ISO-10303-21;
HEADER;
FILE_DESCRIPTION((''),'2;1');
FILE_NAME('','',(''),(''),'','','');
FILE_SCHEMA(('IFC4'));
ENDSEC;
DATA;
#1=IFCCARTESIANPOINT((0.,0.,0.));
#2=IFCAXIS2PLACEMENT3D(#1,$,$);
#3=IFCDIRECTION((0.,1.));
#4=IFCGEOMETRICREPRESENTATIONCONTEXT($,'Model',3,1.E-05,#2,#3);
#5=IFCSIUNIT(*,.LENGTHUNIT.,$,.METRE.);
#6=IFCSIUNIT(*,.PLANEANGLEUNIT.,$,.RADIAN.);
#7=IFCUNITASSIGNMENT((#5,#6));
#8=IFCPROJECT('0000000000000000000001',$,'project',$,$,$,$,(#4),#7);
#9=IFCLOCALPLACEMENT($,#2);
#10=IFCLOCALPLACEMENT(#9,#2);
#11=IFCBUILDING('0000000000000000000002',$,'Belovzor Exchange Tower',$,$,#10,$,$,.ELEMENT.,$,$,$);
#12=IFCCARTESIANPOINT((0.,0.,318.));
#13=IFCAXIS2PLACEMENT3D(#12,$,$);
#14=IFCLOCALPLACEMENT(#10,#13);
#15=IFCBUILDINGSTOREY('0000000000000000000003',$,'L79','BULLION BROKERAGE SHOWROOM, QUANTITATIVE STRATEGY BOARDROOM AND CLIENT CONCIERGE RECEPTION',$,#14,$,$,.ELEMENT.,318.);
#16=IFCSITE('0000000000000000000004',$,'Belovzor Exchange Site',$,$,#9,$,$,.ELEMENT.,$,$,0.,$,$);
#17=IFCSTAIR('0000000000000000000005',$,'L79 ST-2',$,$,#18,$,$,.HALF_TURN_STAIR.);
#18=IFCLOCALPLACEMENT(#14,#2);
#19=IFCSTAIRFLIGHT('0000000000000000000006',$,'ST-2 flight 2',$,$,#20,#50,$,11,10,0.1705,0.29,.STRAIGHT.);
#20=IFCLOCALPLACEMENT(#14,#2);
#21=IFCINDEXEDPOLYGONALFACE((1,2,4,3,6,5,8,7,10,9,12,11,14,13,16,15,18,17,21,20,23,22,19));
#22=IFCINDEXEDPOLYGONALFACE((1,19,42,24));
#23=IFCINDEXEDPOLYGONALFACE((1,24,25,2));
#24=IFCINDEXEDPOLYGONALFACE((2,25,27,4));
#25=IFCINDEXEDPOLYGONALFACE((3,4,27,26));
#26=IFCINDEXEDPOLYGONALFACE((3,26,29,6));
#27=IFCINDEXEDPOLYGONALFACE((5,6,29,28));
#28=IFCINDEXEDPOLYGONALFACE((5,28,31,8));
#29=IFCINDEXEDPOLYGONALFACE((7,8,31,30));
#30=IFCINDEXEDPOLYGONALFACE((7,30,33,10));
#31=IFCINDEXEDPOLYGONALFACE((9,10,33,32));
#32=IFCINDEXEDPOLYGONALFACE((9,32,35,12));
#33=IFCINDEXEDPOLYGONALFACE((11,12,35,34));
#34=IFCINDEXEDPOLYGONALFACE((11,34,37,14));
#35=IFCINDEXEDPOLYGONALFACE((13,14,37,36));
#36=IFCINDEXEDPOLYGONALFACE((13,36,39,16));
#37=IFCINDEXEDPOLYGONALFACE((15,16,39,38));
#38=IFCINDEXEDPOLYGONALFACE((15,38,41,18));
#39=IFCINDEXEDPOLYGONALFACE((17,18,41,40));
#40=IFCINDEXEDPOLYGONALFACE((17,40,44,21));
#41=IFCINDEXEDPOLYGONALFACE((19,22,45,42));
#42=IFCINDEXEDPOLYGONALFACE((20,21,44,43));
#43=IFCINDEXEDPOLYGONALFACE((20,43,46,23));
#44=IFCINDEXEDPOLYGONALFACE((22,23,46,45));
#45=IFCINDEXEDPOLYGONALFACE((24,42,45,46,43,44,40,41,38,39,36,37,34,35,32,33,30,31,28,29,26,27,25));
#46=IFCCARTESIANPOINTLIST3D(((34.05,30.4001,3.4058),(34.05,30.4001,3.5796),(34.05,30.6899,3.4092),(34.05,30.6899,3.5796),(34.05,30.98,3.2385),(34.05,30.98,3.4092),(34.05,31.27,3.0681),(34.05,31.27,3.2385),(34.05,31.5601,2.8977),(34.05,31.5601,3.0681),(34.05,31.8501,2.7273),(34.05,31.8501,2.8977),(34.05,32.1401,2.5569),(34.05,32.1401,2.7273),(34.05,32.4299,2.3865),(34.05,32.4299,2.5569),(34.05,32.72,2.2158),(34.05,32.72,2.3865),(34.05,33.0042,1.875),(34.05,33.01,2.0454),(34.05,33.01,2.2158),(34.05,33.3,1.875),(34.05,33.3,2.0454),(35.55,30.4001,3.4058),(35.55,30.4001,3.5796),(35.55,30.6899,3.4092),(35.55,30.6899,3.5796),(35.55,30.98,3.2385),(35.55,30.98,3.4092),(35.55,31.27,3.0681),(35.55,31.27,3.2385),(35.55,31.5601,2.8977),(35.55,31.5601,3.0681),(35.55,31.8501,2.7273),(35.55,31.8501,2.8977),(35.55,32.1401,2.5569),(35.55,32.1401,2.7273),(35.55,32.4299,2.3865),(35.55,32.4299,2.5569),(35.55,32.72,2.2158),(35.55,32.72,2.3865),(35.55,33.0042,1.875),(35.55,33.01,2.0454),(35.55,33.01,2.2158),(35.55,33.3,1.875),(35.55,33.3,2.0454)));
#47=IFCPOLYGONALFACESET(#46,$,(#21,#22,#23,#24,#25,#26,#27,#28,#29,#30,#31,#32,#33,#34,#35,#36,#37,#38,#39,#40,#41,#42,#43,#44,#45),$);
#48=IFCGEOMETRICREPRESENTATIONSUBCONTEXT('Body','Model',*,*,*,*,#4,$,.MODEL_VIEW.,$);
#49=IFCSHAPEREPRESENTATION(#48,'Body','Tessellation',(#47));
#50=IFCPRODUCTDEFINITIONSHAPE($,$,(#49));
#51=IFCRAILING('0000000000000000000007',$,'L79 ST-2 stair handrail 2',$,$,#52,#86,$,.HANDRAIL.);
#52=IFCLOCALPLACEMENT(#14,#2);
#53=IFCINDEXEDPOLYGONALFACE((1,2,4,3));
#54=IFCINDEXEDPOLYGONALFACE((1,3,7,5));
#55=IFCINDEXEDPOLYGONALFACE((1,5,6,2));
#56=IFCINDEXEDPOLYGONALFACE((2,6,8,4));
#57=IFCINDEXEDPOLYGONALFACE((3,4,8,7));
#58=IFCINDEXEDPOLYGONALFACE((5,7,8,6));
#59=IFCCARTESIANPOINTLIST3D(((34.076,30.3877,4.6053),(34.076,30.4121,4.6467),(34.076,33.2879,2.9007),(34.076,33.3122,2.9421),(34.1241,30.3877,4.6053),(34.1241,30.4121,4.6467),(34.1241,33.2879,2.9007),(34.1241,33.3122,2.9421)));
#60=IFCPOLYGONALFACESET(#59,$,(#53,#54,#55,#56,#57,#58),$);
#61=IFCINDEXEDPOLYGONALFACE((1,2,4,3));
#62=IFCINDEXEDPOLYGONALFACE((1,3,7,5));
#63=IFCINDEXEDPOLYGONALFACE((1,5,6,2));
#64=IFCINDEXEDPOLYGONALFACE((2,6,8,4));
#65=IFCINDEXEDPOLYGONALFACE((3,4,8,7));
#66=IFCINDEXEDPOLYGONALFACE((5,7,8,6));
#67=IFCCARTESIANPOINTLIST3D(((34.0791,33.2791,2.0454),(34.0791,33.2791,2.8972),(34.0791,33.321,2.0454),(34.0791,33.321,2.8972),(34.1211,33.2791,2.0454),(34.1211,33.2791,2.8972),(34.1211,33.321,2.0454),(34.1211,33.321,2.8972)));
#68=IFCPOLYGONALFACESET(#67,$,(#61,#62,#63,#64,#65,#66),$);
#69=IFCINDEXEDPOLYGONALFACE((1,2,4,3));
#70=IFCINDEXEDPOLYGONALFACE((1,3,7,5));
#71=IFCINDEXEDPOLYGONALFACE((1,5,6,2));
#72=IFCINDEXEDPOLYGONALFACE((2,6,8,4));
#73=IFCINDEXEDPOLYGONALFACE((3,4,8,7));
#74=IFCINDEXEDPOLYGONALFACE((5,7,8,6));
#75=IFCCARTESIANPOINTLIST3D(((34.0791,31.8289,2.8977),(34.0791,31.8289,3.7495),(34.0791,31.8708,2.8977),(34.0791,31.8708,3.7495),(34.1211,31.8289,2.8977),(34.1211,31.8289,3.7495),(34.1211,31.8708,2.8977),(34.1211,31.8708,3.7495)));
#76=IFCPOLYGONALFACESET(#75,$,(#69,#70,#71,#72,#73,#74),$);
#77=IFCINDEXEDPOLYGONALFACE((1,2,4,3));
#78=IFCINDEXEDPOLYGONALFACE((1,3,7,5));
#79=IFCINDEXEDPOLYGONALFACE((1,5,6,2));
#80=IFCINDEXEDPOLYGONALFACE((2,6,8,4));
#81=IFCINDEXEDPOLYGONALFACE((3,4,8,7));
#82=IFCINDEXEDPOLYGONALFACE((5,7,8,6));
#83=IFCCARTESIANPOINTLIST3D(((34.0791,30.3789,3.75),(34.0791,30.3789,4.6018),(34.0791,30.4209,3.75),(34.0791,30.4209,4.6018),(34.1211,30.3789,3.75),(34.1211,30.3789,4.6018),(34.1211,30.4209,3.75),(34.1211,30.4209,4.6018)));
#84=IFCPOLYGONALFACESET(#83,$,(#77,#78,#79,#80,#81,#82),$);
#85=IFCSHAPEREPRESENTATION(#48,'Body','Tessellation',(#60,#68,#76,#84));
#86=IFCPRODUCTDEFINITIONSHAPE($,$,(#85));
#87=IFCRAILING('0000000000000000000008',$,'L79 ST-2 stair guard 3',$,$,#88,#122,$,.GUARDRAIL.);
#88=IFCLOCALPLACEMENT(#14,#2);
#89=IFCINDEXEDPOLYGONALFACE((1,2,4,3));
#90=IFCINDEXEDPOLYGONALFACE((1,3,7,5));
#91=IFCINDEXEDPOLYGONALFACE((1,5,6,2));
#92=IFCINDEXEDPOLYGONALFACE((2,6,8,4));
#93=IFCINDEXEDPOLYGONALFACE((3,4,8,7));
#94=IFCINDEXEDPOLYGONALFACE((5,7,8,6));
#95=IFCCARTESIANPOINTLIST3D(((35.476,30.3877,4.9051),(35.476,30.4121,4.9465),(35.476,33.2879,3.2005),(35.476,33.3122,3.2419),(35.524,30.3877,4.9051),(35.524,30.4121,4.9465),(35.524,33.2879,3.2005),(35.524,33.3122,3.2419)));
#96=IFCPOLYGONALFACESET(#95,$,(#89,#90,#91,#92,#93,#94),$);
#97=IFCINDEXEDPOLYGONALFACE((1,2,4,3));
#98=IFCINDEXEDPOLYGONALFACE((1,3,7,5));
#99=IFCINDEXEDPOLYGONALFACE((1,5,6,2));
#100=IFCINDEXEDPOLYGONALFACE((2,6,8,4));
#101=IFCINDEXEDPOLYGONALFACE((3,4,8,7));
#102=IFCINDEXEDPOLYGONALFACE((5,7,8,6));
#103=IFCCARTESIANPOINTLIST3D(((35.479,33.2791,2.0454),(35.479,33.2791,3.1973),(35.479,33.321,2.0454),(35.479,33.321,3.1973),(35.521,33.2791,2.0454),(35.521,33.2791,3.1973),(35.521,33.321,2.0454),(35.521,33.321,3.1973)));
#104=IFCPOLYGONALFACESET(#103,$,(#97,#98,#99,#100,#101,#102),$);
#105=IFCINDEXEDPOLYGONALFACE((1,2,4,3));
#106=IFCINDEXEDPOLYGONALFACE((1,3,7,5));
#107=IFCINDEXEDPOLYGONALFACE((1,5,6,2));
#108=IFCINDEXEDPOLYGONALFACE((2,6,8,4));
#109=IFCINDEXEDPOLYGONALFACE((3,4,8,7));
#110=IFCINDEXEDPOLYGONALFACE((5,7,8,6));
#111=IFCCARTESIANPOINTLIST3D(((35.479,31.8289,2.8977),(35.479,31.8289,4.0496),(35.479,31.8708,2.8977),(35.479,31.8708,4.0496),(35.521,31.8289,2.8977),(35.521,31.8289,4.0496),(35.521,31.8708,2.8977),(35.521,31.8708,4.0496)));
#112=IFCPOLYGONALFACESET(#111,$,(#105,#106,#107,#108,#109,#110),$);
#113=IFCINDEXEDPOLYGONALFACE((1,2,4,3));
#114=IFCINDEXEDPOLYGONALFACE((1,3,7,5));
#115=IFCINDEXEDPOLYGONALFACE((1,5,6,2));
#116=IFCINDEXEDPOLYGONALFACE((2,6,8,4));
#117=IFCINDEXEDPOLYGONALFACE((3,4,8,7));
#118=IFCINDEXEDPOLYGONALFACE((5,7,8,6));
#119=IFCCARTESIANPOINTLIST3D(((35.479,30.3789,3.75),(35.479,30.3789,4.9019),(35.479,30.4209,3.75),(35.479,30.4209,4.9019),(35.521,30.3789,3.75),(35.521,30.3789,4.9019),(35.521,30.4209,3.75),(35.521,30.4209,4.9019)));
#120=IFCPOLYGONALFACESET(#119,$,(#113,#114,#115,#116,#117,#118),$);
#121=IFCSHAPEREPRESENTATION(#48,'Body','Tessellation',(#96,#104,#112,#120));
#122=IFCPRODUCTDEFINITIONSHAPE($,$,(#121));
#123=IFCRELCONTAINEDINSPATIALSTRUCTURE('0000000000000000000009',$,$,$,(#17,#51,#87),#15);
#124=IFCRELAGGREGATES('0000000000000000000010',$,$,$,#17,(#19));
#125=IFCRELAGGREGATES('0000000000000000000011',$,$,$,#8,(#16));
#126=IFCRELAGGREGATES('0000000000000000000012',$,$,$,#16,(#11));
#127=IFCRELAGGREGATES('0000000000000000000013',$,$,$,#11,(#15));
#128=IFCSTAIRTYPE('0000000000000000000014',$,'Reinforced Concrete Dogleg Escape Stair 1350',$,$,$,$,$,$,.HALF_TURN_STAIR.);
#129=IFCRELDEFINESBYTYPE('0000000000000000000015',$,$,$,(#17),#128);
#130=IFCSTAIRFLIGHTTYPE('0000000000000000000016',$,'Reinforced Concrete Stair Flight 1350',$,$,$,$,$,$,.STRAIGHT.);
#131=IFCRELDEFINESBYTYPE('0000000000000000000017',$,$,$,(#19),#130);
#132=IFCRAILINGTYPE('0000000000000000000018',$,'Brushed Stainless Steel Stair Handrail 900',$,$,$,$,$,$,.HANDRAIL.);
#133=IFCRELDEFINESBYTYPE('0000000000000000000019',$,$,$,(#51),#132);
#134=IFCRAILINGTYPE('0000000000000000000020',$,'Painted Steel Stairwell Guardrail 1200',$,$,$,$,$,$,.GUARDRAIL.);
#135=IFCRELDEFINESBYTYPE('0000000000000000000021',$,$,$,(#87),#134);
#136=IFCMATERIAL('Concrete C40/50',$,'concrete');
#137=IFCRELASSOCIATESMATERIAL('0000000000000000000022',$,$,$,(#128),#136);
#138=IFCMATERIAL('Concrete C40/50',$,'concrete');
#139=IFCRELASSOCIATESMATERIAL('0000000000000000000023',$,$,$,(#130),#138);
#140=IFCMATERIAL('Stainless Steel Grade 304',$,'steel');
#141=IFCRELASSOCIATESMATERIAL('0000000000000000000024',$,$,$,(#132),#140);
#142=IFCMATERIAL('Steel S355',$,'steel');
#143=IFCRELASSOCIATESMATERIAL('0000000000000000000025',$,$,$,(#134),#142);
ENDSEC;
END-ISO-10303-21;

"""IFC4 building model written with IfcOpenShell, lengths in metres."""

from ifc_helpers import new_model, si_unit, direction, frame, origin, origin_2d, place, context, subcontext, project, spatial, polyline, rectangle, outline, extrude, material, type_object, element, aggregate, save


model = new_model("IFC4")

# Units and contexts
model_context = context("Model", 3, precision=1e-05, world=origin(), true_north=direction((0.0, 1.0)))
body_context = subcontext(model_context, "Body", "Model", "MODEL_VIEW")
ifc_project = project(units=[si_unit("LENGTHUNIT", "METRE"), si_unit("PLANEANGLEUNIT", "RADIAN")], contexts=[model_context])

# Site, building, storey
site_placement = place(None, origin())
site = spatial("IfcSite", under=ifc_project, at=site_placement, Name="Belovzor Exchange Site", CompositionType="ELEMENT", RefElevation=0.0)
building_placement = place(site_placement, origin())
building = spatial("IfcBuilding", under=site, at=building_placement, Name="Belovzor Exchange Tower", CompositionType="ELEMENT")
storey_placement = place(building_placement, frame((0.0, 0.0, 318.0)))
storey = spatial("IfcBuildingStorey", under=building, at=storey_placement, Name="L79", Description="BULLION BROKERAGE SHOWROOM, QUANTITATIVE STRATEGY BOARDROOM AND CLIENT CONCIERGE RECEPTION", CompositionType="ELEMENT", Elevation=318.0)

# Stair, stair flight
ifc_material_1 = material(Name="Concrete C40/50", Category="concrete")
stair_type = type_object("IfcStairType", Name="Reinforced Concrete Dogleg Escape Stair 1350", PredefinedType="HALF_TURN_STAIR", material=ifc_material_1)
stair_placement = place(storey_placement, origin())
stair = element("IfcStair", 1, at=stair_placement, inside=storey, type_object=stair_type, Name="L79 ST-2", PredefinedType="HALF_TURN_STAIR")
ifc_material_2 = material(Name="Concrete C40/50", Category="concrete")
stair_flight_type = type_object("IfcStairFlightType", Name="Reinforced Concrete Stair Flight 1350", PredefinedType="STRAIGHT", material=ifc_material_2)
stair_flight_placement = place(storey_placement, frame((34.8, 33.3, 1.875), z_axis=(0.0, 0.0, 1.0), x_axis=(0.0, -1.0, 0.0)))
stair_flight = element("IfcStairFlight", 2, at=stair_flight_placement, type_object=stair_flight_type, Name="ST-2 flight 2", NumberOfRisers=11, NumberOfTreads=10, PredefinedType="STRAIGHT", RiserHeight=0.1705, TreadLength=0.29, context=body_context, shape_type="SweptSolid", body=[
    extrude(outline(polyline([(0.0, 0.0), (0.0, 0.1704), (0.29, 0.1704), (0.29, 0.3408), (0.5801, 0.3408), (0.5801, 0.5115), (0.8701, 0.5115), (0.8701, 0.6819), (1.1599, 0.6819), (1.1599, 0.8523), (1.45, 0.8523), (1.45, 1.0227), (1.74, 1.0227), (1.74, 1.1931), (2.03, 1.1931), (2.03, 1.3635), (2.3201, 1.3635), (2.3201, 1.5342), (2.6101, 1.5342), (2.6101, 1.7046), (2.8999, 1.7046), (2.8999, 1.875), (2.8999, 1.5308), (0.2959, 0.0), (0.0, 0.0)])), frame((0.0, 0.75, 0.0), z_axis=(0.0, -1.0, 0.0), x_axis=(1.0, 0.0, 0.0)), (0.0, 0.0, 1.0), 1.5),
])
aggregate(stair, [stair_flight])

# Railings
ifc_material_3 = material(Name="Stainless Steel Grade 304", Category="steel")
railing_type_1 = type_object("IfcRailingType", Name="Brushed Stainless Steel Stair Handrail 900", PredefinedType="HANDRAIL", material=ifc_material_3)
railing_1_placement = place(storey_placement, frame((34.1001, 33.3, 2.0454)))
element("IfcRailing", 3, at=railing_1_placement, inside=storey, type_object=railing_type_1, Name="L79 ST-2 stair handrail 2", PredefinedType="HANDRAIL", context=body_context, shape_type="SweptSolid", body=[
    extrude(rectangle(XDim=0.0481, YDim=0.0481, at=origin_2d()), frame((0.0, 0.0, 0.876), z_axis=(0.0, -0.862113, 0.506716), x_axis=(1.0, 0.0, 0.0)), (0.0, 0.0, 1.0), 3.364),
    extrude(rectangle(XDim=0.042, YDim=0.042, at=origin_2d()), origin(), (0.0, 0.0, 1.0), 0.8518),
    extrude(rectangle(XDim=0.042, YDim=0.042, at=origin_2d()), frame((0.0, -1.4502, 0.8523)), (0.0, 0.0, 1.0), 0.8518),
    extrude(rectangle(XDim=0.042, YDim=0.042, at=origin_2d()), frame((0.0, -2.9001, 1.7046)), (0.0, 0.0, 1.0), 0.8518),
])
ifc_material_4 = material(Name="Steel S355", Category="steel")
railing_type_2 = type_object("IfcRailingType", Name="Painted Steel Stairwell Guardrail 1200", PredefinedType="GUARDRAIL", material=ifc_material_4)
railing_2_placement = place(storey_placement, frame((35.5, 33.3, 2.0454)))
element("IfcRailing", 4, at=railing_2_placement, inside=storey, type_object=railing_type_2, Name="L79 ST-2 stair guard 3", PredefinedType="GUARDRAIL", context=body_context, shape_type="SweptSolid", body=[
    extrude(rectangle(XDim=0.0481, YDim=0.0481, at=origin_2d()), frame((0.0, 0.0, 1.1758), z_axis=(0.0, -0.862113, 0.506716), x_axis=(1.0, 0.0, 0.0)), (0.0, 0.0, 1.0), 3.364),
    extrude(rectangle(XDim=0.042, YDim=0.042, at=origin_2d()), origin(), (0.0, 0.0, 1.0), 1.1519),
    extrude(rectangle(XDim=0.042, YDim=0.042, at=origin_2d()), frame((0.0, -1.4502, 0.8523)), (0.0, 0.0, 1.0), 1.1519),
    extrude(rectangle(XDim=0.042, YDim=0.042, at=origin_2d()), frame((0.0, -2.9001, 1.7046)), (0.0, 0.0, 1.0), 1.1519),
])

save(model, "model.ifc")
